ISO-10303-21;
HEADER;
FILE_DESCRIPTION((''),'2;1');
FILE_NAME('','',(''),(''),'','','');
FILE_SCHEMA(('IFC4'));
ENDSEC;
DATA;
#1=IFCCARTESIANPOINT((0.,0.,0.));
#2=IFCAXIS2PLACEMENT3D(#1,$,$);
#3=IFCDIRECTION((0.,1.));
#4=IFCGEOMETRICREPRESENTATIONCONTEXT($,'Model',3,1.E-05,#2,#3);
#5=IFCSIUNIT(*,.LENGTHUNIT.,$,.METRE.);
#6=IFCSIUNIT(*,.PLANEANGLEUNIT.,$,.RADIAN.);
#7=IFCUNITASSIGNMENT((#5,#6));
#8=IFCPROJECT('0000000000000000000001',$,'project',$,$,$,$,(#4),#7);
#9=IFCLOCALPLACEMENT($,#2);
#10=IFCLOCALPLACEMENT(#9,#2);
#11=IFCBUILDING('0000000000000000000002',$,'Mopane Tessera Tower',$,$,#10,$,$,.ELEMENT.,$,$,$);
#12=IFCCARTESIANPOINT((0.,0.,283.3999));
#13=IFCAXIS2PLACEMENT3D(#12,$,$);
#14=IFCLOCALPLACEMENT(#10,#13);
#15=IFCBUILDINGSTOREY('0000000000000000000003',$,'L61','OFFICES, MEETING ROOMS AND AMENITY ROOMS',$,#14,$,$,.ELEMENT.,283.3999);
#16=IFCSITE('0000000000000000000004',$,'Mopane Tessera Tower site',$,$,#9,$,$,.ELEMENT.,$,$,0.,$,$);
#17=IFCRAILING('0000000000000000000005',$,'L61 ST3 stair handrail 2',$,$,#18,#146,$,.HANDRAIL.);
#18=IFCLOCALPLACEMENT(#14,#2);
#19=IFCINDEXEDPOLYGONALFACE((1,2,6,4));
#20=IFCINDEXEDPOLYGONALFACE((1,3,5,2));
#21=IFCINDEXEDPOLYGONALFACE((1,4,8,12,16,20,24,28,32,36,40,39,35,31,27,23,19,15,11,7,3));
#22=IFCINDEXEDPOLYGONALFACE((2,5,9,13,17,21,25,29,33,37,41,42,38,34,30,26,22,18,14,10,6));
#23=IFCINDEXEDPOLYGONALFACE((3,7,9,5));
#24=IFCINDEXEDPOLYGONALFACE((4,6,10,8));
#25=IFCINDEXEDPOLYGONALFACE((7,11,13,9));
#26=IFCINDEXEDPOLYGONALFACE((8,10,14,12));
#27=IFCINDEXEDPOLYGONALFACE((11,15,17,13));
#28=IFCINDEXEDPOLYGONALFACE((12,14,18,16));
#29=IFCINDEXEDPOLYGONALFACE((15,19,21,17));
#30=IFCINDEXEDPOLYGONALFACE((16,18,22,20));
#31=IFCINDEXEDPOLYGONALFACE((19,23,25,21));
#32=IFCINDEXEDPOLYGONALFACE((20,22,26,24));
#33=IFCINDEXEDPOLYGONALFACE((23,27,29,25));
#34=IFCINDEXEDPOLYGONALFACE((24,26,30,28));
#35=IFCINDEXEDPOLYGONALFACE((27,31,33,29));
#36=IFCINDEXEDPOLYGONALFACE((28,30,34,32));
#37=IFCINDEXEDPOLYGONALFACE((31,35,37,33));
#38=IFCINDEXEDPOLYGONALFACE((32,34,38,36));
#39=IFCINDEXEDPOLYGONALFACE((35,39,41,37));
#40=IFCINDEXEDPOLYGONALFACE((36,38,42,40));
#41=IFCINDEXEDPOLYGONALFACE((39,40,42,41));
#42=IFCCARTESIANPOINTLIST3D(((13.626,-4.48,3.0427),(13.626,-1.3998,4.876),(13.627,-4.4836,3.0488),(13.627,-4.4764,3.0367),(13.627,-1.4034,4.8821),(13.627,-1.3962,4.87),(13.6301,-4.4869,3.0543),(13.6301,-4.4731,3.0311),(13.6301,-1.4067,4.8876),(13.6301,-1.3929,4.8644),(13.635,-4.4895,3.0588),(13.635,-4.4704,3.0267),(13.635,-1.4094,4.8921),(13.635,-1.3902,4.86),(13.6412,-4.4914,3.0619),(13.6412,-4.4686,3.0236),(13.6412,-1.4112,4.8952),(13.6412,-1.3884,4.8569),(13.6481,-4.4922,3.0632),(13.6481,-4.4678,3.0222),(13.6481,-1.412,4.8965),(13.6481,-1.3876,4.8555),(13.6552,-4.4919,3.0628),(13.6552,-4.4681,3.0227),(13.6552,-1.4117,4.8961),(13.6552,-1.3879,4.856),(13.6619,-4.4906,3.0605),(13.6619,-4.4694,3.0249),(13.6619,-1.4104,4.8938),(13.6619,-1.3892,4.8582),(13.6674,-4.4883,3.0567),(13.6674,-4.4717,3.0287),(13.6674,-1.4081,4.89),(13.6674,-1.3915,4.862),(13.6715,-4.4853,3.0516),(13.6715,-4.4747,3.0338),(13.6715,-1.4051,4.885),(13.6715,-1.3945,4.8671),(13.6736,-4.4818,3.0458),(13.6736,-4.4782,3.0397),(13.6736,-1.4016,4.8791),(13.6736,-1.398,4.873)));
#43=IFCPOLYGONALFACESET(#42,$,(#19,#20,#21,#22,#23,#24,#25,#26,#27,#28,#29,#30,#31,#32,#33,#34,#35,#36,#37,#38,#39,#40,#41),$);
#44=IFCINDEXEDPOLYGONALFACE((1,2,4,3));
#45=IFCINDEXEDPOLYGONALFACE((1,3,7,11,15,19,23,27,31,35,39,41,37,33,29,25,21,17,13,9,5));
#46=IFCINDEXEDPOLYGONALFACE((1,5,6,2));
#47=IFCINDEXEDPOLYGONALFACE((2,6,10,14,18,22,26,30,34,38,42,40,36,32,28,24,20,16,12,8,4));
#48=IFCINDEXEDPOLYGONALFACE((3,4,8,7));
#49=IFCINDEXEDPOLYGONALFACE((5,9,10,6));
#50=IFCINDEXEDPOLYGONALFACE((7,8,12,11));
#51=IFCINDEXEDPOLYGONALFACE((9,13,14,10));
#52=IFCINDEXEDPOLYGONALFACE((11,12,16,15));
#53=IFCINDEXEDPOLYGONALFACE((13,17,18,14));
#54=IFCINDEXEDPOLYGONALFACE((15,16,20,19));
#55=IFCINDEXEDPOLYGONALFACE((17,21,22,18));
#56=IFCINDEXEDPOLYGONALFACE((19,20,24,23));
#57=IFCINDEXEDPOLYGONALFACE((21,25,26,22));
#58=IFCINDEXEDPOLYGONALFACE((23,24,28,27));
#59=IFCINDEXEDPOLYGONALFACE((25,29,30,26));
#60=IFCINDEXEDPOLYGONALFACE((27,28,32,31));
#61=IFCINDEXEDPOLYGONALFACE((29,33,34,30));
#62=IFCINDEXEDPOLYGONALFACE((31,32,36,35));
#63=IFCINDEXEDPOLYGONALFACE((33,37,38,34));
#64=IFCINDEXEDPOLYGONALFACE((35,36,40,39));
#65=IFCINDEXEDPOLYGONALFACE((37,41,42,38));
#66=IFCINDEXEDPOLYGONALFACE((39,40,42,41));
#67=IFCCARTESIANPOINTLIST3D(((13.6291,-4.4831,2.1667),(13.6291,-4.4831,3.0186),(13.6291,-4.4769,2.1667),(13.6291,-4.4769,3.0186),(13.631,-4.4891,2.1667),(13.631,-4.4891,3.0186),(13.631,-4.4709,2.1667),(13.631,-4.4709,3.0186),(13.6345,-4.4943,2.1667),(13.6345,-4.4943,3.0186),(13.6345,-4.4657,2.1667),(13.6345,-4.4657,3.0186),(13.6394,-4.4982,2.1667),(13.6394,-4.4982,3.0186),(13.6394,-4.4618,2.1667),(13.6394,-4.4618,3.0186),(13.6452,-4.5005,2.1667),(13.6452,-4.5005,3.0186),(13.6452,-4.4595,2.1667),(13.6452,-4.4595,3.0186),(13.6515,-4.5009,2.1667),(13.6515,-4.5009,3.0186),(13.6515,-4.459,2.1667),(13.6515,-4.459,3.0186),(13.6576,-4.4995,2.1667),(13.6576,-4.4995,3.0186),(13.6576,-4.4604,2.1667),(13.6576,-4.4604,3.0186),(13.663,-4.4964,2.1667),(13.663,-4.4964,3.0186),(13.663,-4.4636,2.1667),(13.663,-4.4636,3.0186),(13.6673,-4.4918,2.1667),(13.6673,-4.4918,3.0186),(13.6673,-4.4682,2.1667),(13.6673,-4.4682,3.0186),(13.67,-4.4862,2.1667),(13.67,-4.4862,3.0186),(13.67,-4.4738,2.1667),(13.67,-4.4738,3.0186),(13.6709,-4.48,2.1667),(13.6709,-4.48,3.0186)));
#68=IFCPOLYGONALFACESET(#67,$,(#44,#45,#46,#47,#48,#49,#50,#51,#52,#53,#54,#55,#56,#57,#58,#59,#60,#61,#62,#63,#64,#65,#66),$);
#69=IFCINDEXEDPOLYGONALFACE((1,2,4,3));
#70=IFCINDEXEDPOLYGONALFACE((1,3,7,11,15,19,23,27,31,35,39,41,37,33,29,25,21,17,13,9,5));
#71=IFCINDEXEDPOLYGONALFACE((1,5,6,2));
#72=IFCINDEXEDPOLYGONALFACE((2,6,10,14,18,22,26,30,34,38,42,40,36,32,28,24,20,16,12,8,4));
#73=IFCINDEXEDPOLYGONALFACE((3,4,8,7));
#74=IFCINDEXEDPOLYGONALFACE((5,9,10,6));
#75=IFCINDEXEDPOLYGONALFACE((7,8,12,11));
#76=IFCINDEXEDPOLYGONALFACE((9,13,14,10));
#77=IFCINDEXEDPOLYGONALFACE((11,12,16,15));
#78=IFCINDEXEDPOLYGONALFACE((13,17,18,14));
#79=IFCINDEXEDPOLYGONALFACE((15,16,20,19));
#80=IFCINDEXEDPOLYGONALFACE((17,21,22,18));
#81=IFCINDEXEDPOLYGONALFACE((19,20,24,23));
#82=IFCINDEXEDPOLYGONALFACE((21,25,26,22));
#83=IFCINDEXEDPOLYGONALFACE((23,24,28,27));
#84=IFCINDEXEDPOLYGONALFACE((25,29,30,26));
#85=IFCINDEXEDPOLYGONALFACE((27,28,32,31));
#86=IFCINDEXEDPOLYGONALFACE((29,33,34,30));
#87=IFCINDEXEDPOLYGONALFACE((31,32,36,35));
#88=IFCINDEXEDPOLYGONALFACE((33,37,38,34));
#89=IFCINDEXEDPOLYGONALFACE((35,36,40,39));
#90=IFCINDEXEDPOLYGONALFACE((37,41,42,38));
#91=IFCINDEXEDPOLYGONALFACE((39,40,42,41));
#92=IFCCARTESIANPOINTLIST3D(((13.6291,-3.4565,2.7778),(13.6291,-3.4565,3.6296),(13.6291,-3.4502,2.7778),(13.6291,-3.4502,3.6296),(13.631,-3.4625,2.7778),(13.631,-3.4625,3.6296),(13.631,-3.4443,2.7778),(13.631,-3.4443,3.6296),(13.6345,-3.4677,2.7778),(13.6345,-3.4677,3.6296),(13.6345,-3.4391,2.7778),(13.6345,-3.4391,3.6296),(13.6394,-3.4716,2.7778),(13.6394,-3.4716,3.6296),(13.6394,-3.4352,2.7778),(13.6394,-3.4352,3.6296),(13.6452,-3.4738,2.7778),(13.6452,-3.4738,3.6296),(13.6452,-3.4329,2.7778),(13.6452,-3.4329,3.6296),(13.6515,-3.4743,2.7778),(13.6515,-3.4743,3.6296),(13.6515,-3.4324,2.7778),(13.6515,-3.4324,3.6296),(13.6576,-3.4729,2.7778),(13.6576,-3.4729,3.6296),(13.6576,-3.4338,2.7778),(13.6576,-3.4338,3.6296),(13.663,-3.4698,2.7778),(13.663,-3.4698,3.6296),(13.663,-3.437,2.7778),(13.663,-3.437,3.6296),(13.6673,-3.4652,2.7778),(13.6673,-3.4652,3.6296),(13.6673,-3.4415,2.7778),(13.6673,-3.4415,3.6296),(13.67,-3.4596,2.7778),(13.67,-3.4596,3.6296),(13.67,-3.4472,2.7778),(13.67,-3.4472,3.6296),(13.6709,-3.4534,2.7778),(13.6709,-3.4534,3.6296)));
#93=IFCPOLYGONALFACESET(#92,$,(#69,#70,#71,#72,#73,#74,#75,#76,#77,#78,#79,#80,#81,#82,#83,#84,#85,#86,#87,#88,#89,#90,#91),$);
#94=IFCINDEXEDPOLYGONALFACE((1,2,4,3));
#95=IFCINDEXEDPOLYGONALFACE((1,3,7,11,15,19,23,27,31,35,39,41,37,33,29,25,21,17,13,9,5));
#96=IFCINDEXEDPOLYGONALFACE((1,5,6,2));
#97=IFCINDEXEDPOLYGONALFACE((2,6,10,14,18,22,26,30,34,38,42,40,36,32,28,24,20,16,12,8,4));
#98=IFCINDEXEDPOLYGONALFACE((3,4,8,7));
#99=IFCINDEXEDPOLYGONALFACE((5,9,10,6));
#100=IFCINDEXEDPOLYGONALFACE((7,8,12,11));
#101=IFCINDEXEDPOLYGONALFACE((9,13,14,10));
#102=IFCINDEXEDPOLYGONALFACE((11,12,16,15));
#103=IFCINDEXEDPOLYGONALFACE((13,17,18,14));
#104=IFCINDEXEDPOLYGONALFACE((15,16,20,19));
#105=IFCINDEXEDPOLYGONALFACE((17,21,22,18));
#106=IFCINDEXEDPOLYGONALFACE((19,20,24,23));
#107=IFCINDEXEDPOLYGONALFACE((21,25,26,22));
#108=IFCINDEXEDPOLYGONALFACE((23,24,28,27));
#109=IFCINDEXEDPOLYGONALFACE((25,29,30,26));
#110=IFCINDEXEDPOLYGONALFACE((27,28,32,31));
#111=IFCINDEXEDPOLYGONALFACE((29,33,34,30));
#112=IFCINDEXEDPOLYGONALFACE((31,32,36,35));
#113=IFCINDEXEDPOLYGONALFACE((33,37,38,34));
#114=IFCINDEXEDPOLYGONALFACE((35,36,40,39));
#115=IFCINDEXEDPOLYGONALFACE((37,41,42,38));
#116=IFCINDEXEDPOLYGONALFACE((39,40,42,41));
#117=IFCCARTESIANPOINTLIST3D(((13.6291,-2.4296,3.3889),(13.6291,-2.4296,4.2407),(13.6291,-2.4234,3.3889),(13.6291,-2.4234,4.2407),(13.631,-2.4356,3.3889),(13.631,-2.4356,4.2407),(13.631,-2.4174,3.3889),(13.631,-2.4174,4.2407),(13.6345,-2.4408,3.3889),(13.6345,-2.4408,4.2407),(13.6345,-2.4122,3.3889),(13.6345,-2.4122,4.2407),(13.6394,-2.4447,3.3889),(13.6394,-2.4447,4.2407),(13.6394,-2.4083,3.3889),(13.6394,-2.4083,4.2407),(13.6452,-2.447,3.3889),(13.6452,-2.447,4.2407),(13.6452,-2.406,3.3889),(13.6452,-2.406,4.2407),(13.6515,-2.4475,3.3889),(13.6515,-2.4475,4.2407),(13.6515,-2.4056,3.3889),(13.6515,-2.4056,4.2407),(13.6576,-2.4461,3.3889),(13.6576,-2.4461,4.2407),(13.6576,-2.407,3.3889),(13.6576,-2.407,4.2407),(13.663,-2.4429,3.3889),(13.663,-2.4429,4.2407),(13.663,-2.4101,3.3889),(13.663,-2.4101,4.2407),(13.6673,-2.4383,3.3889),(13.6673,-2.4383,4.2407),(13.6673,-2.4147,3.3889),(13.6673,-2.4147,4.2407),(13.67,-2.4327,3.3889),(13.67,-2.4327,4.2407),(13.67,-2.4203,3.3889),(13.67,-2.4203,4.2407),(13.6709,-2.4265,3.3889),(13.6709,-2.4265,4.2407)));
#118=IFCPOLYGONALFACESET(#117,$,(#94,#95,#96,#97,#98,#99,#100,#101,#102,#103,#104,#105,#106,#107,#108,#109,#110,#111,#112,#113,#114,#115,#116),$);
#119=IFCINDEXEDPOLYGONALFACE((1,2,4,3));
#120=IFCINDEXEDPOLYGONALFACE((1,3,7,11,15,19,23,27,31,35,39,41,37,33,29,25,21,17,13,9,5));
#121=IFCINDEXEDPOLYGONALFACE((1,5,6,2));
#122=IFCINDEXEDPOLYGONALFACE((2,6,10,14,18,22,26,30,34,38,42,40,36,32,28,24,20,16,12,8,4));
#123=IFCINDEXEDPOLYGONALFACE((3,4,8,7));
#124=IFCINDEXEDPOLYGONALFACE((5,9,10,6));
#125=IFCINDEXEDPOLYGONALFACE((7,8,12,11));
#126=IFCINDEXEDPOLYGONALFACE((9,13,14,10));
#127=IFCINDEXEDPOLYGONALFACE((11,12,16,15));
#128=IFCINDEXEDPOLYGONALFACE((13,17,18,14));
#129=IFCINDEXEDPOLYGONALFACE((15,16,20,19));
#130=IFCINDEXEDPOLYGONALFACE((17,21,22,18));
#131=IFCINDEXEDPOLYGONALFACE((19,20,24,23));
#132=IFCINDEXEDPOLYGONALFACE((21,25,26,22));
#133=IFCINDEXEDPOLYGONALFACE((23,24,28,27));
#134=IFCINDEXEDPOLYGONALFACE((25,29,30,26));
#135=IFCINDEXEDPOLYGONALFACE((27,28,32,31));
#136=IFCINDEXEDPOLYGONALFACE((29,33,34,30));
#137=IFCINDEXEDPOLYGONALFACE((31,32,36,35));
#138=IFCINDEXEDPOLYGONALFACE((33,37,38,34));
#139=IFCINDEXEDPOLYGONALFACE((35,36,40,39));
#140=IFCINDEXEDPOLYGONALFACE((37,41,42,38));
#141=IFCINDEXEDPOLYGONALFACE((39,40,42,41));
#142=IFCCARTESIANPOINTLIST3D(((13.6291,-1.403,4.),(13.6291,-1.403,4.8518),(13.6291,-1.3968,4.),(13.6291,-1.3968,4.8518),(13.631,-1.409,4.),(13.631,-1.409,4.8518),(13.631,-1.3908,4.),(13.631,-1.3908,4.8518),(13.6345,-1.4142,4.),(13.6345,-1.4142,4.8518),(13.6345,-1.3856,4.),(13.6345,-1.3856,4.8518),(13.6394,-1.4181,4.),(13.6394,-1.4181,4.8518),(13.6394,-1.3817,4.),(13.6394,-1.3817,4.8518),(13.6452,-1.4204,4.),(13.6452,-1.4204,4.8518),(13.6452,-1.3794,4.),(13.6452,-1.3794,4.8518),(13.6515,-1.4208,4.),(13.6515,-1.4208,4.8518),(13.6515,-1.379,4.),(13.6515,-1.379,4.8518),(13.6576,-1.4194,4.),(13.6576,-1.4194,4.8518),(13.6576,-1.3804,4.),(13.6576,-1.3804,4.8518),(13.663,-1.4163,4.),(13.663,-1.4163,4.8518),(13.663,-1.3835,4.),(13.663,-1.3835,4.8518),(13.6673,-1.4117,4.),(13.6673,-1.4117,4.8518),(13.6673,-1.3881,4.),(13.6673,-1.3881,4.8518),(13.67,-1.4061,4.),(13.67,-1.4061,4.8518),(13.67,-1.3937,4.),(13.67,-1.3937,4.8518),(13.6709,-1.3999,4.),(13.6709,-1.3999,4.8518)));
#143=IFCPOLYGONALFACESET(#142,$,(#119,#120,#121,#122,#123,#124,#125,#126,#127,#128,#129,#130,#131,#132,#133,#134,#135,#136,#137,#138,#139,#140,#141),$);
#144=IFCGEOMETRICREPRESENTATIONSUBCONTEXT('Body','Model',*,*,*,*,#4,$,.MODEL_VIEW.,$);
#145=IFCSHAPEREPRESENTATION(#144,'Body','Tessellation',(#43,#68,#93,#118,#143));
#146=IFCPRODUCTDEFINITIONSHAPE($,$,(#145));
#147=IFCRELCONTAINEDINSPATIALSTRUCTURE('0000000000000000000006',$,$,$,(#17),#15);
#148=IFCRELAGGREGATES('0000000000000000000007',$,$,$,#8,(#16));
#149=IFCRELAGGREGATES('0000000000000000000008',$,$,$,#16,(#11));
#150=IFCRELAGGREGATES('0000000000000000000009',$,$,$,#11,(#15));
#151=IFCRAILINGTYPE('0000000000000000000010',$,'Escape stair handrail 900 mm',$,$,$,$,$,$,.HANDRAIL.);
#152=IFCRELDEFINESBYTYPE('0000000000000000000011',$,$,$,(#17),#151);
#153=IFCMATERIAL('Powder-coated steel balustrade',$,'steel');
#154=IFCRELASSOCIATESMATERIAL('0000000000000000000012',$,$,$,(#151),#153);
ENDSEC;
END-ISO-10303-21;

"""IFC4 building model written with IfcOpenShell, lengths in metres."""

from ifc_helpers import new_model, si_unit, direction, frame, origin, origin_2d, place, context, subcontext, project, spatial, circle, extrude, material, type_object, element, save


model = new_model("IFC4")

# Units and contexts
model_context = context("Model", 3, precision=1e-05, world=origin(), true_north=direction((0.0, 1.0)))
body_context = subcontext(model_context, "Body", "Model", "MODEL_VIEW")
ifc_project = project(units=[si_unit("LENGTHUNIT", "METRE"), si_unit("PLANEANGLEUNIT", "RADIAN")], contexts=[model_context])

# Site, building, storey
site_placement = place(None, origin())
site = spatial("IfcSite", under=ifc_project, at=site_placement, Name="Mopane Tessera Tower site", CompositionType="ELEMENT", RefElevation=0.0)
building_placement = place(site_placement, origin())
building = spatial("IfcBuilding", under=site, at=building_placement, Name="Mopane Tessera Tower", CompositionType="ELEMENT")
storey_placement = place(building_placement, frame((0.0, 0.0, 283.3999)))
storey = spatial("IfcBuildingStorey", under=building, at=storey_placement, Name="L61", Description="OFFICES, MEETING ROOMS AND AMENITY ROOMS", CompositionType="ELEMENT", Elevation=283.3999)

# Railing
ifc_material_1 = material(Name="Powder-coated steel balustrade", Category="steel")
railing_type_1 = type_object("IfcRailingType", Name="Escape stair handrail 900 mm", PredefinedType="HANDRAIL", material=ifc_material_1)
railing_1_placement = place(storey_placement, frame((13.6499, -4.48, 2.1667)))
element("IfcRailing", 1, at=railing_1_placement, inside=storey, type_object=railing_type_1, Name="L61 ST3 stair handrail 2", PredefinedType="HANDRAIL", context=body_context, shape_type="SweptSolid", body=[
    extrude(circle(Radius=0.0239, at=origin_2d()), frame((0.0, 0.0, 0.876), z_axis=(0.0, 0.859309, 0.511458), x_axis=(-1.0, 0.0, 0.0)), (0.0, 0.0, 1.0), 3.5845),
    extrude(circle(Radius=0.021, at=origin_2d()), origin(), (0.0, 0.0, 1.0), 0.8518),
    extrude(circle(Radius=0.021, at=origin_2d()), frame((0.0, 1.0266, 0.6111)), (0.0, 0.0, 1.0), 0.8518),
    extrude(circle(Radius=0.021, at=origin_2d()), frame((0.0, 2.0535, 1.2222)), (0.0, 0.0, 1.0), 0.8518),
    extrude(circle(Radius=0.021, at=origin_2d()), frame((0.0, 3.0801, 1.8333)), (0.0, 0.0, 1.0), 0.8518),
])

save(model, "model.ifc")
